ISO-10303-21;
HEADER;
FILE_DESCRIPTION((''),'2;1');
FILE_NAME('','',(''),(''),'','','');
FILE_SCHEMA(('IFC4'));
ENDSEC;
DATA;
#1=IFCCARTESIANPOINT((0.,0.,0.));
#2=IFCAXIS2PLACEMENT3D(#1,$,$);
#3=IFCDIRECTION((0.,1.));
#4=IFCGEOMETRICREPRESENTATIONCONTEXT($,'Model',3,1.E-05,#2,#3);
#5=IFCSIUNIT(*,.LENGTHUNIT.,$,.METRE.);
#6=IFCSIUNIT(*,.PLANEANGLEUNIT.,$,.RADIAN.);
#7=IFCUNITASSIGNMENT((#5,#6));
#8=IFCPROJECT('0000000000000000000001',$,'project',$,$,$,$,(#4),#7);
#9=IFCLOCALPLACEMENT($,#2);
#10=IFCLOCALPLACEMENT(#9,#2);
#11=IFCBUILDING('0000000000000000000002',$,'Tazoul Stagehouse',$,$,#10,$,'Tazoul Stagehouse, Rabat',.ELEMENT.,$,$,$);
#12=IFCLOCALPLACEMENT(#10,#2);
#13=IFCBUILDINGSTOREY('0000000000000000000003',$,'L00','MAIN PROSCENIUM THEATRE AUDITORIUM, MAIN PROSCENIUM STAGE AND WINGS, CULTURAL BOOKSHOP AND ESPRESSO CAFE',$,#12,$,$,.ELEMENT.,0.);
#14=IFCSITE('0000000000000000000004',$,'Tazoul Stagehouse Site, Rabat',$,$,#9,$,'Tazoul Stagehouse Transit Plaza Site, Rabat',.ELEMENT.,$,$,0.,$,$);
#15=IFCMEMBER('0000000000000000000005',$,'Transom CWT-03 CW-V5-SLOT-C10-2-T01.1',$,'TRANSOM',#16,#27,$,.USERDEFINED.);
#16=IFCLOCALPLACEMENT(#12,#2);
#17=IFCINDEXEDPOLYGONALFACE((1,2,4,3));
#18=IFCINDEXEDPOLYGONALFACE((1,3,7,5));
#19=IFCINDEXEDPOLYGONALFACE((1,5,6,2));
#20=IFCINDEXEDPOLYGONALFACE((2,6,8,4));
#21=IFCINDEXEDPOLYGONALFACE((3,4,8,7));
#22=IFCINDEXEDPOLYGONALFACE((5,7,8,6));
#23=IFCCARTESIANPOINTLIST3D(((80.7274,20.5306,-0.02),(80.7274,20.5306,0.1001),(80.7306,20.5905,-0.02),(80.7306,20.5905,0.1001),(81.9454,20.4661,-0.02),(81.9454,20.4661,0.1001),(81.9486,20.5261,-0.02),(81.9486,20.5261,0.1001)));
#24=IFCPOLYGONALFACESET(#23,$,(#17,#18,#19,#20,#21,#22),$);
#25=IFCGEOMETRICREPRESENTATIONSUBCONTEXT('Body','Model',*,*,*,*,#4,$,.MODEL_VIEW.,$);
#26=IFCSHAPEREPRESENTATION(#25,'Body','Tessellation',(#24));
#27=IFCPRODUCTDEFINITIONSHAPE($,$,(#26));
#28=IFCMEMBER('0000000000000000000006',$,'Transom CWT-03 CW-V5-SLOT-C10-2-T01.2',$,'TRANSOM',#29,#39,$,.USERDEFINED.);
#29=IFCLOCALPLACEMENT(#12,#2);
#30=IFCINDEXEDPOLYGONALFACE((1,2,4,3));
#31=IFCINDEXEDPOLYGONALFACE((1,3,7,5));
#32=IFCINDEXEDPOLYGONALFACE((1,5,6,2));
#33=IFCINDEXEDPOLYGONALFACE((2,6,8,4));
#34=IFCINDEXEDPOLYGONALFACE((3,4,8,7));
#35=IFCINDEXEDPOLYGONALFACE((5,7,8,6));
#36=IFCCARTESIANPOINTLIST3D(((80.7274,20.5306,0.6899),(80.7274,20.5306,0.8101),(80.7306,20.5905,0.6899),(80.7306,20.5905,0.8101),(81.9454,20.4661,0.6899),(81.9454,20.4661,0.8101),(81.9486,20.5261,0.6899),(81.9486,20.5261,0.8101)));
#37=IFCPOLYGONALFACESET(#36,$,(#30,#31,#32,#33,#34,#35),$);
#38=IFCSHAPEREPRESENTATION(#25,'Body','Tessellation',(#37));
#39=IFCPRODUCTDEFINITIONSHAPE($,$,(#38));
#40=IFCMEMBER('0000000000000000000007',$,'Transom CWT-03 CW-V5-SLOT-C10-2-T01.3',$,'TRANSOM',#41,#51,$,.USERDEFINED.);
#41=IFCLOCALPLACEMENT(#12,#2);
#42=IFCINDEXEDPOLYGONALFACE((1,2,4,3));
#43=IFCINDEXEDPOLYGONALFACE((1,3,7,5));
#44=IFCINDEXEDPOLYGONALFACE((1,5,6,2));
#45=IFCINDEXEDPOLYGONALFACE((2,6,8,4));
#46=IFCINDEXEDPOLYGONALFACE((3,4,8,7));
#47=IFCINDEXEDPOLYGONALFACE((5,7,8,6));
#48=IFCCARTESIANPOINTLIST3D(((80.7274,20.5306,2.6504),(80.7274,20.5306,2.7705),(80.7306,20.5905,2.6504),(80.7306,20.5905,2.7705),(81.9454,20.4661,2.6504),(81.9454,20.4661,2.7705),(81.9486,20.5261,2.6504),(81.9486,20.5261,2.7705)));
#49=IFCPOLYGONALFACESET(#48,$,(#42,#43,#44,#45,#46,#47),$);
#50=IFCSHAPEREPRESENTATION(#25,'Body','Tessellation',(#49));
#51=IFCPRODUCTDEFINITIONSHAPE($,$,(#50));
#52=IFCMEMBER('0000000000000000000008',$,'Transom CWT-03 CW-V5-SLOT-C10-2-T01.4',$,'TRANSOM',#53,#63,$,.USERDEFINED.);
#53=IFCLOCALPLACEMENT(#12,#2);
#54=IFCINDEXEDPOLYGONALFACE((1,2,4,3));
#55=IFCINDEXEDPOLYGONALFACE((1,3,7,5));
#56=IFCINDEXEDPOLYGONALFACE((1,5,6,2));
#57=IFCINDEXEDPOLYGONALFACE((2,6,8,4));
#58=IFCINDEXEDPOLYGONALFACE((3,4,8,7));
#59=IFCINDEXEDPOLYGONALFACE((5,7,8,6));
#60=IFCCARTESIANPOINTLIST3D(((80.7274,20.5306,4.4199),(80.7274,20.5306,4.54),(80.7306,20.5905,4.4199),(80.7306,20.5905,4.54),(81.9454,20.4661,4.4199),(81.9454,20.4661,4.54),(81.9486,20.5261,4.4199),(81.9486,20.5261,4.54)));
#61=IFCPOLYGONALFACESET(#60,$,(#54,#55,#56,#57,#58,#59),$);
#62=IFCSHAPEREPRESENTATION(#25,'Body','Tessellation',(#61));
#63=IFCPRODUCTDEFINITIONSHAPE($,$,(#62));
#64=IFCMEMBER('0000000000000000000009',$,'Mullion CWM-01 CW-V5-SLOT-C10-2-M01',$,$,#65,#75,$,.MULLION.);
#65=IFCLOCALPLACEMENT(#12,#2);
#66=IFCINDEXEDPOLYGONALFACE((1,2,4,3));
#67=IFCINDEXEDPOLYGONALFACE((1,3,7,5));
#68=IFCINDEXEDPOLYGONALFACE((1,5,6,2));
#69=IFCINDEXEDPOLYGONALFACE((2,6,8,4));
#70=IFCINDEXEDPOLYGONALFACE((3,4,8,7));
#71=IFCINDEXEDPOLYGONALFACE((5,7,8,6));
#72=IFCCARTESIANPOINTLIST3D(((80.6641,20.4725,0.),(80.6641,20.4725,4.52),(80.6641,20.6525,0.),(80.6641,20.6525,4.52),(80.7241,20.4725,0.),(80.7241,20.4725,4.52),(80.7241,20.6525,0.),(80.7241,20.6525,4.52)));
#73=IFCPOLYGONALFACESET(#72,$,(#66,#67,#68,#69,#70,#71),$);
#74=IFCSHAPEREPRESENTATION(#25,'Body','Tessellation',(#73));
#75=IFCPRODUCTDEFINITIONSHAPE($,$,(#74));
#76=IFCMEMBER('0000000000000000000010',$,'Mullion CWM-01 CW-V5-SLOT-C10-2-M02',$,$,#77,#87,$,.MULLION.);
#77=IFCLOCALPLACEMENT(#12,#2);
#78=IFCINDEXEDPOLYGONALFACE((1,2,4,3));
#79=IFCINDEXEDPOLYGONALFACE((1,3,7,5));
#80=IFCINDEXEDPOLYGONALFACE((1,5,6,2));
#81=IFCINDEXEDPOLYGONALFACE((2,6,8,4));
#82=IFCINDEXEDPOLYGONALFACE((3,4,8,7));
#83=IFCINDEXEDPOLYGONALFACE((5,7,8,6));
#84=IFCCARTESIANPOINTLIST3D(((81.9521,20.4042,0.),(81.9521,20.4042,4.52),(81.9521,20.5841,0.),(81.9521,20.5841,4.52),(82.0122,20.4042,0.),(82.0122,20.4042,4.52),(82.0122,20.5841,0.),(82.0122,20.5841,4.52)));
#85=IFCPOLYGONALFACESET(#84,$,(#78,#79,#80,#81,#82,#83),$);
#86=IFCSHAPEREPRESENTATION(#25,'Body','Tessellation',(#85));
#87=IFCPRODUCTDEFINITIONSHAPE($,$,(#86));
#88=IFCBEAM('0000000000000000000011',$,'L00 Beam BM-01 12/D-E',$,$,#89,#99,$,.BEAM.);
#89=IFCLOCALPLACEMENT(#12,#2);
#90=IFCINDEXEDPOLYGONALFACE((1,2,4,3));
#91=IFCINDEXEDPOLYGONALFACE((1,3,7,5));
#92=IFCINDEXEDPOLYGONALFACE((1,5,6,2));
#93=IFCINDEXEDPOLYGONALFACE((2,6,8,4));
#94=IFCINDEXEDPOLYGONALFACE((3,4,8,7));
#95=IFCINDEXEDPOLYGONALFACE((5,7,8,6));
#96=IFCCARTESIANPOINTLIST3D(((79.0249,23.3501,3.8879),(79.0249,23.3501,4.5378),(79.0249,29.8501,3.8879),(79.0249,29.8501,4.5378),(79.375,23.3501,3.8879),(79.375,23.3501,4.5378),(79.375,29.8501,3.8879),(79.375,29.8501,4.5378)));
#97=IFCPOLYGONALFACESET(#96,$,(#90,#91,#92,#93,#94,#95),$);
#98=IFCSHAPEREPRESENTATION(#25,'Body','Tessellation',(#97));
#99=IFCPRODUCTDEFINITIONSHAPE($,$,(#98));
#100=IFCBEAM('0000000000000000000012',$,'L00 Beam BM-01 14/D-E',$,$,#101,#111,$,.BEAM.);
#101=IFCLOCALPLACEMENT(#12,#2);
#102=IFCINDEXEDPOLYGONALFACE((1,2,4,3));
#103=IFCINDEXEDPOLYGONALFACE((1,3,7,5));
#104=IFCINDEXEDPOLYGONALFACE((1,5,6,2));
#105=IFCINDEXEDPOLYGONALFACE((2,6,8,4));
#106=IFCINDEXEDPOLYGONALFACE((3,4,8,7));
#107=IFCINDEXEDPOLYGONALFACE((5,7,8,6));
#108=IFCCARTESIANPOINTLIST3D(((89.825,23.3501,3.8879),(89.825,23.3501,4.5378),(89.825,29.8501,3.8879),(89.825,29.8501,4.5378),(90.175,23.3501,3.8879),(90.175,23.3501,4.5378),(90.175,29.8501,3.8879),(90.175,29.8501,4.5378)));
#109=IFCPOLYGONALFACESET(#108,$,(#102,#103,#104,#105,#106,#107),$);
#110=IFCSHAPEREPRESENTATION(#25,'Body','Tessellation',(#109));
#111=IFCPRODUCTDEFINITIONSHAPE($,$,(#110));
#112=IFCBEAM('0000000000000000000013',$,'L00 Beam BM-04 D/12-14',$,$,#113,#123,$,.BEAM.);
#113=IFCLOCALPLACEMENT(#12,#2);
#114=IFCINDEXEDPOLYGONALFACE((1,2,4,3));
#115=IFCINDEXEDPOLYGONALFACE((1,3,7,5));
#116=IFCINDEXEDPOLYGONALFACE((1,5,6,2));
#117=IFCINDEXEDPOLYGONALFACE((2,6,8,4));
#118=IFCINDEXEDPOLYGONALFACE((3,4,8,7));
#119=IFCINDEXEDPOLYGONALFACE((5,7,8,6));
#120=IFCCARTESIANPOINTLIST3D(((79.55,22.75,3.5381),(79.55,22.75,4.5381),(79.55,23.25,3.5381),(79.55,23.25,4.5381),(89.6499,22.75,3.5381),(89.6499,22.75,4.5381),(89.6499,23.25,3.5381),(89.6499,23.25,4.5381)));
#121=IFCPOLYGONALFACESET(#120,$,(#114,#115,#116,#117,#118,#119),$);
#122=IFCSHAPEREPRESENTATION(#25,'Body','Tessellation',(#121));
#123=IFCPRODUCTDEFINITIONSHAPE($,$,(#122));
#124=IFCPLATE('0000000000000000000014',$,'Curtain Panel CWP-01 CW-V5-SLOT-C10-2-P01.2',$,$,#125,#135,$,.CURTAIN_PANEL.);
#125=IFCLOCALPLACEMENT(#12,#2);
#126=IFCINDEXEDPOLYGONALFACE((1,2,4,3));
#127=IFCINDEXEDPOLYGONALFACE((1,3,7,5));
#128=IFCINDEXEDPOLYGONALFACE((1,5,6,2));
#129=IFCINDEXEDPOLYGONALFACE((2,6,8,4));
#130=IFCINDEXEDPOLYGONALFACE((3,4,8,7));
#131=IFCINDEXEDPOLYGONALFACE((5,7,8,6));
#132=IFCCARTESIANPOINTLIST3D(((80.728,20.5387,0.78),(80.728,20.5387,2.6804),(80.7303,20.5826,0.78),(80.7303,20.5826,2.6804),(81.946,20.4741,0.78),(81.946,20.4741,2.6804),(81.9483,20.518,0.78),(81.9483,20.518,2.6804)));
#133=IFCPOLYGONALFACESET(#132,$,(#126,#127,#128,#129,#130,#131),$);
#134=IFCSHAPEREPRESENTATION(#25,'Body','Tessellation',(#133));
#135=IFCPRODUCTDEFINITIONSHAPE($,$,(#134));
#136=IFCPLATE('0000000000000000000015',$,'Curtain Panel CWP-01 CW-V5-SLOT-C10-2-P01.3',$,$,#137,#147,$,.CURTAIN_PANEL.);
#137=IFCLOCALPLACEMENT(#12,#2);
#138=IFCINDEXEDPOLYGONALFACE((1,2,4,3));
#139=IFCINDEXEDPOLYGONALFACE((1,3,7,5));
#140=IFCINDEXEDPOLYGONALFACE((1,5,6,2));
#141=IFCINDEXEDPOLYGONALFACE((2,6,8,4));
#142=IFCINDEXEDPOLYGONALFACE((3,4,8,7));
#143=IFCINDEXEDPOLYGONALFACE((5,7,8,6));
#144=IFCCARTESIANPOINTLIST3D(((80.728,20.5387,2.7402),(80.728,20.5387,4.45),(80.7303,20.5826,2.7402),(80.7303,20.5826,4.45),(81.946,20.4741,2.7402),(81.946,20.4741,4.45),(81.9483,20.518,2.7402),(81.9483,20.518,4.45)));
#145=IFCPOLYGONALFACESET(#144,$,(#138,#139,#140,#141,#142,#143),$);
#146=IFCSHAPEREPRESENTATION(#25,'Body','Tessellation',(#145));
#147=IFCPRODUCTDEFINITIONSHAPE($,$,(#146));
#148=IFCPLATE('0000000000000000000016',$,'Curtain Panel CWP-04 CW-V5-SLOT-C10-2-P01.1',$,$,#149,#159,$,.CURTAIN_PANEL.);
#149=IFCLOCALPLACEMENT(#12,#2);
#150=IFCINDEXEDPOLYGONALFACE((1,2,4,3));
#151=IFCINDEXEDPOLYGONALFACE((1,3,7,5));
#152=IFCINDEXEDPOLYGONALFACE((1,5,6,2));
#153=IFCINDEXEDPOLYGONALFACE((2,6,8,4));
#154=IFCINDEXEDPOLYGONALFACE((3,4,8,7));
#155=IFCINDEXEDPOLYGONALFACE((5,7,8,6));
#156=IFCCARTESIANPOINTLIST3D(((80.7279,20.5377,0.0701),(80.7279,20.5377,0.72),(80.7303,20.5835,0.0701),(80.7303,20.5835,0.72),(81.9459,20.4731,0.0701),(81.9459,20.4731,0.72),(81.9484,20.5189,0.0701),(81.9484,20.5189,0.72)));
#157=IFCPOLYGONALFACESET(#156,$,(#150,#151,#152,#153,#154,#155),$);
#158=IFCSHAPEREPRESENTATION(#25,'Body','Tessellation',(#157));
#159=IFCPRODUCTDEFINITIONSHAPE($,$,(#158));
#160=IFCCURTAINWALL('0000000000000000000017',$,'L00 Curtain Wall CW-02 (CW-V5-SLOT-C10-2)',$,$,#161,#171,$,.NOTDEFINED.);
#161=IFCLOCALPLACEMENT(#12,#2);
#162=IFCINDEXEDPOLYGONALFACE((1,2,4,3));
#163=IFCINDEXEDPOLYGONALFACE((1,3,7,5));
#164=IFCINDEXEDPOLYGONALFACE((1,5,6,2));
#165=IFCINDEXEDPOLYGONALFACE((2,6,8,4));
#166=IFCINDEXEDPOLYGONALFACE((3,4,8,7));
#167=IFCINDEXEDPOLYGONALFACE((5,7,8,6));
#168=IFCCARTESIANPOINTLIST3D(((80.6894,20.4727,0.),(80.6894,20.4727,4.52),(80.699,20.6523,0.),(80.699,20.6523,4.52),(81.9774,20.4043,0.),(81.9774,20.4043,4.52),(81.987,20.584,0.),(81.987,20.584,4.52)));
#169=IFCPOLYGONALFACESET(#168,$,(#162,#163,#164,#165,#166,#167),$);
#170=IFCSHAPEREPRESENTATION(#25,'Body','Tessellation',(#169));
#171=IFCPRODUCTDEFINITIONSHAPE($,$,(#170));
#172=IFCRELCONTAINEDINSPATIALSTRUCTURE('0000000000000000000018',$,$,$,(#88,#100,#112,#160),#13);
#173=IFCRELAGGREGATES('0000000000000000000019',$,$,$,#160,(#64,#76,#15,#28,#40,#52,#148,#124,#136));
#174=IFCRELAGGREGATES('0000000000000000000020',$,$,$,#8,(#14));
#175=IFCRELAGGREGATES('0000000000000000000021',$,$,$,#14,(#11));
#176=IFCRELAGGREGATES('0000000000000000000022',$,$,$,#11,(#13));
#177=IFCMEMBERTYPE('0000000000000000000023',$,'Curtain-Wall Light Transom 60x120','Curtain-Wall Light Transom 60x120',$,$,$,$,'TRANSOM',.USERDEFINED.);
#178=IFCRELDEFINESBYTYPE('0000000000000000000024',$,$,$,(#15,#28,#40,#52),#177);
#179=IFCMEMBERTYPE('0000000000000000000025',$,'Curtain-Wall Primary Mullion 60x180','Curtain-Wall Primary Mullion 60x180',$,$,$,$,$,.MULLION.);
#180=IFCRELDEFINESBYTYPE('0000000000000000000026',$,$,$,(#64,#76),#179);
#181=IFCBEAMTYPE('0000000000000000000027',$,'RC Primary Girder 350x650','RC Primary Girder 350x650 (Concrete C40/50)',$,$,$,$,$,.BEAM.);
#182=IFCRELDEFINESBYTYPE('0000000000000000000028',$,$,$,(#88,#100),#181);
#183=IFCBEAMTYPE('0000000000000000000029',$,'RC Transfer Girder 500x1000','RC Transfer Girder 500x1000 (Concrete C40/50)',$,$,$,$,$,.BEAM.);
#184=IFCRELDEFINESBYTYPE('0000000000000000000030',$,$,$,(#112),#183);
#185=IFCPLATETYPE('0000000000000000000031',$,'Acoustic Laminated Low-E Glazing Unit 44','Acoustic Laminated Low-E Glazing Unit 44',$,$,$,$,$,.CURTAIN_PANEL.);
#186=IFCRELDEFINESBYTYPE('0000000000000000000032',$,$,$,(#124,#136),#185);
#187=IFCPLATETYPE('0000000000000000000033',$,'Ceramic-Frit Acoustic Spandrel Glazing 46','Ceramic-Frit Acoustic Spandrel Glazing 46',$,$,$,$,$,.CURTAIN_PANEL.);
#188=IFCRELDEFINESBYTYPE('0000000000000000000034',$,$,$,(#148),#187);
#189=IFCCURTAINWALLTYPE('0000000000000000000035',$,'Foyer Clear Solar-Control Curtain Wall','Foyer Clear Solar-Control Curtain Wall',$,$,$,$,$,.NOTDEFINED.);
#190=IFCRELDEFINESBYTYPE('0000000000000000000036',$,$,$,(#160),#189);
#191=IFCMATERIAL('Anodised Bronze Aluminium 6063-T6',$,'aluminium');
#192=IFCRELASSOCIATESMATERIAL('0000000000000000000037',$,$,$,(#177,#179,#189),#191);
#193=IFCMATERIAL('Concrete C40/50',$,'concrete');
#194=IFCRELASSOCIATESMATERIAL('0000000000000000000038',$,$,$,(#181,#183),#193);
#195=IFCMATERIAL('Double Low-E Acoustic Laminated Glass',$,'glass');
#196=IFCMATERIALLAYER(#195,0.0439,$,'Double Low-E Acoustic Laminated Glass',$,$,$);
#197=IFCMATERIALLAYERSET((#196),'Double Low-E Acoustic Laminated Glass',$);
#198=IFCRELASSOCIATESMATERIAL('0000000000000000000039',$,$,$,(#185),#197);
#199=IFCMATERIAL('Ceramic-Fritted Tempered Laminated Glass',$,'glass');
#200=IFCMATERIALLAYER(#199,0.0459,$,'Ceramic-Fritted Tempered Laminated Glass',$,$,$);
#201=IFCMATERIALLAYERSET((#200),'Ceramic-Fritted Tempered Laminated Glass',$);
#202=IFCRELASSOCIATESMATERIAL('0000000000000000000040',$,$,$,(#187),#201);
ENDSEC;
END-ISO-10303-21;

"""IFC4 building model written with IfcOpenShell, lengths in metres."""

from ifc_helpers import new_model, si_unit, direction, frame, frame_2d, origin, origin_2d, place, context, subcontext, project, spatial, rectangle, extrude, material, layer, layer_set, material_profile, profile_set, type_object, element, aggregate, save


model = new_model("IFC4")

# Units and contexts
model_context = context("Model", 3, precision=1e-05, world=origin(), true_north=direction((0.0, 1.0)))
body_context = subcontext(model_context, "Body", "Model", "MODEL_VIEW")
ifc_project = project(units=[si_unit("LENGTHUNIT", "METRE"), si_unit("PLANEANGLEUNIT", "RADIAN")], contexts=[model_context])

# Site, building, storey
site_placement = place(None, origin())
site = spatial("IfcSite", under=ifc_project, at=site_placement, Name="Tazoul Stagehouse Site, Rabat", LongName="Tazoul Stagehouse Transit Plaza Site, Rabat", CompositionType="ELEMENT", RefElevation=0.0)
building_placement = place(site_placement, origin())
building = spatial("IfcBuilding", under=site, at=building_placement, Name="Tazoul Stagehouse", LongName="Tazoul Stagehouse, Rabat", CompositionType="ELEMENT")
storey_placement = place(building_placement, origin())
storey = spatial("IfcBuildingStorey", under=building, at=storey_placement, Name="L00", Description="MAIN PROSCENIUM THEATRE AUDITORIUM, MAIN PROSCENIUM STAGE AND WINGS, CULTURAL BOOKSHOP AND ESPRESSO CAFE", CompositionType="ELEMENT", Elevation=0.0)

# Shared definitions
ifc_material_1 = material(Name="Concrete C40/50", Category="concrete")

# Members
ifc_material_2 = material(Name="Anodised Bronze Aluminium 6063-T6", Category="aluminium")
ifc_material_profile_1 = material_profile(ifc_material_2, rectangle(XDim=0.0601, YDim=0.1201, at=origin_2d()), Name="ALU TRANSOM 60x120")
ifc_profile_set_1 = profile_set([ifc_material_profile_1], Name="Anodised Bronze Aluminium 6063-T6")
member_type_1 = type_object("IfcMemberType", Name="Curtain-Wall Light Transom 60x120", Description="Curtain-Wall Light Transom 60x120", ElementType="TRANSOM", PredefinedType="USERDEFINED", material=ifc_profile_set_1)
member_1_placement = place(storey_placement, frame((80.729, 20.5605, 0.04), z_axis=(0.998603, -0.052842, 0.0), x_axis=(0.052842, 0.998603, 0.0)))
member_1 = element("IfcMember", 1, at=member_1_placement, type_object=member_type_1, Name="Transom CWT-03 CW-V5-SLOT-C10-2-T01.1", ObjectType="TRANSOM", PredefinedType="USERDEFINED", context=body_context, shape_type="SweptSolid", body=[
    extrude(rectangle(XDim=0.0601, YDim=0.1201, at=origin_2d()), origin(), (0.0, 0.0, 1.0), 1.2197),
])
member_2_placement = place(storey_placement, frame((80.729, 20.5605, 0.75), z_axis=(0.998603, -0.052842, 0.0), x_axis=(0.052842, 0.998603, 0.0)))
member_2 = element("IfcMember", 2, at=member_2_placement, type_object=member_type_1, Name="Transom CWT-03 CW-V5-SLOT-C10-2-T01.2", ObjectType="TRANSOM", PredefinedType="USERDEFINED", context=body_context, shape_type="SweptSolid", body=[
    extrude(rectangle(XDim=0.0601, YDim=0.1201, at=origin_2d()), origin(), (0.0, 0.0, 1.0), 1.2197),
])
member_3_placement = place(storey_placement, frame((80.729, 20.5605, 2.7104), z_axis=(0.998603, -0.052842, 0.0), x_axis=(0.052842, 0.998603, 0.0)))
member_3 = element("IfcMember", 3, at=member_3_placement, type_object=member_type_1, Name="Transom CWT-03 CW-V5-SLOT-C10-2-T01.3", ObjectType="TRANSOM", PredefinedType="USERDEFINED", context=body_context, shape_type="SweptSolid", body=[
    extrude(rectangle(XDim=0.0601, YDim=0.1201, at=origin_2d()), origin(), (0.0, 0.0, 1.0), 1.2197),
])
member_4_placement = place(storey_placement, frame((80.729, 20.5605, 4.48), z_axis=(0.998603, -0.052842, 0.0), x_axis=(0.052842, 0.998603, 0.0)))
member_4 = element("IfcMember", 4, at=member_4_placement, type_object=member_type_1, Name="Transom CWT-03 CW-V5-SLOT-C10-2-T01.4", ObjectType="TRANSOM", PredefinedType="USERDEFINED", context=body_context, shape_type="SweptSolid", body=[
    extrude(rectangle(XDim=0.0601, YDim=0.1201, at=origin_2d()), origin(), (0.0, 0.0, 1.0), 1.2197),
])
ifc_material_profile_2 = material_profile(ifc_material_2, rectangle(XDim=0.0601, YDim=0.1799, at=origin_2d()), Name="ALU MULLION 60x180")
ifc_profile_set_2 = profile_set([ifc_material_profile_2], Name="Anodised Bronze Aluminium 6063-T6")
member_type_2 = type_object("IfcMemberType", Name="Curtain-Wall Primary Mullion 60x180", Description="Curtain-Wall Primary Mullion 60x180", PredefinedType="MULLION", material=ifc_profile_set_2)
member_5_placement = place(storey_placement, frame((80.6941, 20.5625, 0.0), z_axis=(0.0, 0.0, 1.0), x_axis=(1.0, 0.0, 0.0)))
member_5 = element("IfcMember", 5, at=member_5_placement, type_object=member_type_2, Name="Mullion CWM-01 CW-V5-SLOT-C10-2-M01", PredefinedType="MULLION", context=body_context, shape_type="SweptSolid", body=[
    extrude(rectangle(XDim=0.0601, YDim=0.1799, at=origin_2d()), origin(), (0.0, 0.0, 1.0), 4.52),
])
member_6_placement = place(storey_placement, frame((81.9822, 20.4941, 0.0), z_axis=(0.0, 0.0, 1.0), x_axis=(1.0, 0.0, 0.0)))
member_6 = element("IfcMember", 6, at=member_6_placement, type_object=member_type_2, Name="Mullion CWM-01 CW-V5-SLOT-C10-2-M02", PredefinedType="MULLION", context=body_context, shape_type="SweptSolid", body=[
    extrude(rectangle(XDim=0.0601, YDim=0.1799, at=origin_2d()), origin(), (0.0, 0.0, 1.0), 4.52),
])

# Beams
ifc_material_profile_3 = material_profile(ifc_material_1, rectangle(XDim=0.3501, YDim=0.6499, at=origin_2d()), Name="RC 350x650")
ifc_profile_set_3 = profile_set([ifc_material_profile_3], Name="Concrete C40/50")
beam_type_1 = type_object("IfcBeamType", Name="RC Primary Girder 350x650", Description="RC Primary Girder 350x650 (Concrete C40/50)", PredefinedType="BEAM", material=ifc_profile_set_3)
for number, where, z_axis, x_axis, name in (
    (7, (79.2, 23.3501, 4.2129), (0.0, 1.0, 0.0), (-1.0, 0.0, 0.0), "L00 Beam BM-01 12/D-E"),
    (8, (90.0, 23.3501, 4.2129), (0.0, 1.0, 0.0), (-1.0, 0.0, 0.0), "L00 Beam BM-01 14/D-E"),
):
    element("IfcBeam", number, at=place(storey_placement, frame(where, z_axis=z_axis, x_axis=x_axis)), inside=storey, type_object=beam_type_1, Name=name, PredefinedType="BEAM", context=body_context, shape_type="SweptSolid", body=[
        extrude(rectangle(XDim=0.3501, YDim=0.6499, at=origin_2d()), origin(), (0.0, 0.0, 1.0), 6.5),
    ])
ifc_material_profile_4 = material_profile(ifc_material_1, rectangle(XDim=0.5, YDim=1.0, at=origin_2d()), Name="RC 500x1000")
ifc_profile_set_4 = profile_set([ifc_material_profile_4], Name="Concrete C40/50")
beam_type_2 = type_object("IfcBeamType", Name="RC Transfer Girder 500x1000", Description="RC Transfer Girder 500x1000 (Concrete C40/50)", PredefinedType="BEAM", material=ifc_profile_set_4)
beam_1_placement = place(storey_placement, frame((79.55, 23.0, 4.0381), z_axis=(1.0, 0.0, 0.0), x_axis=(0.0, 1.0, 0.0)))
element("IfcBeam", 9, at=beam_1_placement, inside=storey, type_object=beam_type_2, Name="L00 Beam BM-04 D/12-14", PredefinedType="BEAM", context=body_context, shape_type="SweptSolid", body=[
    extrude(rectangle(XDim=0.5, YDim=1.0, at=origin_2d()), origin(), (0.0, 0.0, 1.0), 10.0999),
])

# Plates
ifc_material_3 = material(Name="Double Low-E Acoustic Laminated Glass", Category="glass")
ifc_layer_1 = layer(ifc_material_3, 0.0439, Name="Double Low-E Acoustic Laminated Glass")
ifc_layer_set_1 = layer_set([ifc_layer_1], Name="Double Low-E Acoustic Laminated Glass")
plate_type_1 = type_object("IfcPlateType", Name="Acoustic Laminated Low-E Glazing Unit 44", Description="Acoustic Laminated Low-E Glazing Unit 44", PredefinedType="CURTAIN_PANEL", material=ifc_layer_set_1)
plate_1_placement = place(storey_placement, frame((81.3381, 20.5283, 0.78), z_axis=(0.0, 0.0, 1.0), x_axis=(0.998597, -0.052953, 0.0)))
plate_1 = element("IfcPlate", 10, at=plate_1_placement, type_object=plate_type_1, Name="Curtain Panel CWP-01 CW-V5-SLOT-C10-2-P01.2", PredefinedType="CURTAIN_PANEL", context=body_context, shape_type="SweptSolid", body=[
    extrude(rectangle(XDim=1.2197, YDim=0.0439, at=origin_2d()), origin(), (0.0, 0.0, 1.0), 1.9004),
])
plate_2_placement = place(storey_placement, frame((81.3381, 20.5283, 2.7402), z_axis=(0.0, 0.0, 1.0), x_axis=(0.998597, -0.052953, 0.0)))
plate_2 = element("IfcPlate", 11, at=plate_2_placement, type_object=plate_type_1, Name="Curtain Panel CWP-01 CW-V5-SLOT-C10-2-P01.3", PredefinedType="CURTAIN_PANEL", context=body_context, shape_type="SweptSolid", body=[
    extrude(rectangle(XDim=1.2197, YDim=0.0439, at=origin_2d()), origin(), (0.0, 0.0, 1.0), 1.7097),
])
ifc_material_4 = material(Name="Ceramic-Fritted Tempered Laminated Glass", Category="glass")
ifc_layer_2 = layer(ifc_material_4, 0.0459, Name="Ceramic-Fritted Tempered Laminated Glass")
ifc_layer_set_2 = layer_set([ifc_layer_2], Name="Ceramic-Fritted Tempered Laminated Glass")
plate_type_2 = type_object("IfcPlateType", Name="Ceramic-Frit Acoustic Spandrel Glazing 46", Description="Ceramic-Frit Acoustic Spandrel Glazing 46", PredefinedType="CURTAIN_PANEL", material=ifc_layer_set_2)
plate_3_placement = place(storey_placement, frame((81.3381, 20.5283, 0.0701), z_axis=(0.0, 0.0, 1.0), x_axis=(0.998597, -0.052953, 0.0)))
plate_3 = element("IfcPlate", 12, at=plate_3_placement, type_object=plate_type_2, Name="Curtain Panel CWP-04 CW-V5-SLOT-C10-2-P01.1", PredefinedType="CURTAIN_PANEL", context=body_context, shape_type="SweptSolid", body=[
    extrude(rectangle(XDim=1.2197, YDim=0.0459, at=origin_2d()), origin(), (0.0, 0.0, 1.0), 0.6499),
])

# Curtain wall
curtain_wall_type = type_object("IfcCurtainWallType", Name="Foyer Clear Solar-Control Curtain Wall", Description="Foyer Clear Solar-Control Curtain Wall", PredefinedType="NOTDEFINED", material=ifc_material_2)
curtain_wall_1_placement = place(storey_placement, frame((80.6941, 20.5625, 0.0), z_axis=(0.0, 0.0, 1.0), x_axis=(0.998595, -0.052996, 0.0)))
curtain_wall_1 = element("IfcCurtainWall", 13, at=curtain_wall_1_placement, inside=storey, type_object=curtain_wall_type, Name="L00 Curtain Wall CW-02 (CW-V5-SLOT-C10-2)", PredefinedType="NOTDEFINED", context=body_context, shape_type="SweptSolid", body=[
    extrude(rectangle(XDim=1.2898, YDim=0.1799, at=frame_2d((0.645, 0.0))), origin(), (0.0, 0.0, 1.0), 4.52),
])
aggregate(curtain_wall_1, [member_5, member_6, member_1, member_2, member_3, member_4, plate_3, plate_1, plate_2])

save(model, "model.ifc")
